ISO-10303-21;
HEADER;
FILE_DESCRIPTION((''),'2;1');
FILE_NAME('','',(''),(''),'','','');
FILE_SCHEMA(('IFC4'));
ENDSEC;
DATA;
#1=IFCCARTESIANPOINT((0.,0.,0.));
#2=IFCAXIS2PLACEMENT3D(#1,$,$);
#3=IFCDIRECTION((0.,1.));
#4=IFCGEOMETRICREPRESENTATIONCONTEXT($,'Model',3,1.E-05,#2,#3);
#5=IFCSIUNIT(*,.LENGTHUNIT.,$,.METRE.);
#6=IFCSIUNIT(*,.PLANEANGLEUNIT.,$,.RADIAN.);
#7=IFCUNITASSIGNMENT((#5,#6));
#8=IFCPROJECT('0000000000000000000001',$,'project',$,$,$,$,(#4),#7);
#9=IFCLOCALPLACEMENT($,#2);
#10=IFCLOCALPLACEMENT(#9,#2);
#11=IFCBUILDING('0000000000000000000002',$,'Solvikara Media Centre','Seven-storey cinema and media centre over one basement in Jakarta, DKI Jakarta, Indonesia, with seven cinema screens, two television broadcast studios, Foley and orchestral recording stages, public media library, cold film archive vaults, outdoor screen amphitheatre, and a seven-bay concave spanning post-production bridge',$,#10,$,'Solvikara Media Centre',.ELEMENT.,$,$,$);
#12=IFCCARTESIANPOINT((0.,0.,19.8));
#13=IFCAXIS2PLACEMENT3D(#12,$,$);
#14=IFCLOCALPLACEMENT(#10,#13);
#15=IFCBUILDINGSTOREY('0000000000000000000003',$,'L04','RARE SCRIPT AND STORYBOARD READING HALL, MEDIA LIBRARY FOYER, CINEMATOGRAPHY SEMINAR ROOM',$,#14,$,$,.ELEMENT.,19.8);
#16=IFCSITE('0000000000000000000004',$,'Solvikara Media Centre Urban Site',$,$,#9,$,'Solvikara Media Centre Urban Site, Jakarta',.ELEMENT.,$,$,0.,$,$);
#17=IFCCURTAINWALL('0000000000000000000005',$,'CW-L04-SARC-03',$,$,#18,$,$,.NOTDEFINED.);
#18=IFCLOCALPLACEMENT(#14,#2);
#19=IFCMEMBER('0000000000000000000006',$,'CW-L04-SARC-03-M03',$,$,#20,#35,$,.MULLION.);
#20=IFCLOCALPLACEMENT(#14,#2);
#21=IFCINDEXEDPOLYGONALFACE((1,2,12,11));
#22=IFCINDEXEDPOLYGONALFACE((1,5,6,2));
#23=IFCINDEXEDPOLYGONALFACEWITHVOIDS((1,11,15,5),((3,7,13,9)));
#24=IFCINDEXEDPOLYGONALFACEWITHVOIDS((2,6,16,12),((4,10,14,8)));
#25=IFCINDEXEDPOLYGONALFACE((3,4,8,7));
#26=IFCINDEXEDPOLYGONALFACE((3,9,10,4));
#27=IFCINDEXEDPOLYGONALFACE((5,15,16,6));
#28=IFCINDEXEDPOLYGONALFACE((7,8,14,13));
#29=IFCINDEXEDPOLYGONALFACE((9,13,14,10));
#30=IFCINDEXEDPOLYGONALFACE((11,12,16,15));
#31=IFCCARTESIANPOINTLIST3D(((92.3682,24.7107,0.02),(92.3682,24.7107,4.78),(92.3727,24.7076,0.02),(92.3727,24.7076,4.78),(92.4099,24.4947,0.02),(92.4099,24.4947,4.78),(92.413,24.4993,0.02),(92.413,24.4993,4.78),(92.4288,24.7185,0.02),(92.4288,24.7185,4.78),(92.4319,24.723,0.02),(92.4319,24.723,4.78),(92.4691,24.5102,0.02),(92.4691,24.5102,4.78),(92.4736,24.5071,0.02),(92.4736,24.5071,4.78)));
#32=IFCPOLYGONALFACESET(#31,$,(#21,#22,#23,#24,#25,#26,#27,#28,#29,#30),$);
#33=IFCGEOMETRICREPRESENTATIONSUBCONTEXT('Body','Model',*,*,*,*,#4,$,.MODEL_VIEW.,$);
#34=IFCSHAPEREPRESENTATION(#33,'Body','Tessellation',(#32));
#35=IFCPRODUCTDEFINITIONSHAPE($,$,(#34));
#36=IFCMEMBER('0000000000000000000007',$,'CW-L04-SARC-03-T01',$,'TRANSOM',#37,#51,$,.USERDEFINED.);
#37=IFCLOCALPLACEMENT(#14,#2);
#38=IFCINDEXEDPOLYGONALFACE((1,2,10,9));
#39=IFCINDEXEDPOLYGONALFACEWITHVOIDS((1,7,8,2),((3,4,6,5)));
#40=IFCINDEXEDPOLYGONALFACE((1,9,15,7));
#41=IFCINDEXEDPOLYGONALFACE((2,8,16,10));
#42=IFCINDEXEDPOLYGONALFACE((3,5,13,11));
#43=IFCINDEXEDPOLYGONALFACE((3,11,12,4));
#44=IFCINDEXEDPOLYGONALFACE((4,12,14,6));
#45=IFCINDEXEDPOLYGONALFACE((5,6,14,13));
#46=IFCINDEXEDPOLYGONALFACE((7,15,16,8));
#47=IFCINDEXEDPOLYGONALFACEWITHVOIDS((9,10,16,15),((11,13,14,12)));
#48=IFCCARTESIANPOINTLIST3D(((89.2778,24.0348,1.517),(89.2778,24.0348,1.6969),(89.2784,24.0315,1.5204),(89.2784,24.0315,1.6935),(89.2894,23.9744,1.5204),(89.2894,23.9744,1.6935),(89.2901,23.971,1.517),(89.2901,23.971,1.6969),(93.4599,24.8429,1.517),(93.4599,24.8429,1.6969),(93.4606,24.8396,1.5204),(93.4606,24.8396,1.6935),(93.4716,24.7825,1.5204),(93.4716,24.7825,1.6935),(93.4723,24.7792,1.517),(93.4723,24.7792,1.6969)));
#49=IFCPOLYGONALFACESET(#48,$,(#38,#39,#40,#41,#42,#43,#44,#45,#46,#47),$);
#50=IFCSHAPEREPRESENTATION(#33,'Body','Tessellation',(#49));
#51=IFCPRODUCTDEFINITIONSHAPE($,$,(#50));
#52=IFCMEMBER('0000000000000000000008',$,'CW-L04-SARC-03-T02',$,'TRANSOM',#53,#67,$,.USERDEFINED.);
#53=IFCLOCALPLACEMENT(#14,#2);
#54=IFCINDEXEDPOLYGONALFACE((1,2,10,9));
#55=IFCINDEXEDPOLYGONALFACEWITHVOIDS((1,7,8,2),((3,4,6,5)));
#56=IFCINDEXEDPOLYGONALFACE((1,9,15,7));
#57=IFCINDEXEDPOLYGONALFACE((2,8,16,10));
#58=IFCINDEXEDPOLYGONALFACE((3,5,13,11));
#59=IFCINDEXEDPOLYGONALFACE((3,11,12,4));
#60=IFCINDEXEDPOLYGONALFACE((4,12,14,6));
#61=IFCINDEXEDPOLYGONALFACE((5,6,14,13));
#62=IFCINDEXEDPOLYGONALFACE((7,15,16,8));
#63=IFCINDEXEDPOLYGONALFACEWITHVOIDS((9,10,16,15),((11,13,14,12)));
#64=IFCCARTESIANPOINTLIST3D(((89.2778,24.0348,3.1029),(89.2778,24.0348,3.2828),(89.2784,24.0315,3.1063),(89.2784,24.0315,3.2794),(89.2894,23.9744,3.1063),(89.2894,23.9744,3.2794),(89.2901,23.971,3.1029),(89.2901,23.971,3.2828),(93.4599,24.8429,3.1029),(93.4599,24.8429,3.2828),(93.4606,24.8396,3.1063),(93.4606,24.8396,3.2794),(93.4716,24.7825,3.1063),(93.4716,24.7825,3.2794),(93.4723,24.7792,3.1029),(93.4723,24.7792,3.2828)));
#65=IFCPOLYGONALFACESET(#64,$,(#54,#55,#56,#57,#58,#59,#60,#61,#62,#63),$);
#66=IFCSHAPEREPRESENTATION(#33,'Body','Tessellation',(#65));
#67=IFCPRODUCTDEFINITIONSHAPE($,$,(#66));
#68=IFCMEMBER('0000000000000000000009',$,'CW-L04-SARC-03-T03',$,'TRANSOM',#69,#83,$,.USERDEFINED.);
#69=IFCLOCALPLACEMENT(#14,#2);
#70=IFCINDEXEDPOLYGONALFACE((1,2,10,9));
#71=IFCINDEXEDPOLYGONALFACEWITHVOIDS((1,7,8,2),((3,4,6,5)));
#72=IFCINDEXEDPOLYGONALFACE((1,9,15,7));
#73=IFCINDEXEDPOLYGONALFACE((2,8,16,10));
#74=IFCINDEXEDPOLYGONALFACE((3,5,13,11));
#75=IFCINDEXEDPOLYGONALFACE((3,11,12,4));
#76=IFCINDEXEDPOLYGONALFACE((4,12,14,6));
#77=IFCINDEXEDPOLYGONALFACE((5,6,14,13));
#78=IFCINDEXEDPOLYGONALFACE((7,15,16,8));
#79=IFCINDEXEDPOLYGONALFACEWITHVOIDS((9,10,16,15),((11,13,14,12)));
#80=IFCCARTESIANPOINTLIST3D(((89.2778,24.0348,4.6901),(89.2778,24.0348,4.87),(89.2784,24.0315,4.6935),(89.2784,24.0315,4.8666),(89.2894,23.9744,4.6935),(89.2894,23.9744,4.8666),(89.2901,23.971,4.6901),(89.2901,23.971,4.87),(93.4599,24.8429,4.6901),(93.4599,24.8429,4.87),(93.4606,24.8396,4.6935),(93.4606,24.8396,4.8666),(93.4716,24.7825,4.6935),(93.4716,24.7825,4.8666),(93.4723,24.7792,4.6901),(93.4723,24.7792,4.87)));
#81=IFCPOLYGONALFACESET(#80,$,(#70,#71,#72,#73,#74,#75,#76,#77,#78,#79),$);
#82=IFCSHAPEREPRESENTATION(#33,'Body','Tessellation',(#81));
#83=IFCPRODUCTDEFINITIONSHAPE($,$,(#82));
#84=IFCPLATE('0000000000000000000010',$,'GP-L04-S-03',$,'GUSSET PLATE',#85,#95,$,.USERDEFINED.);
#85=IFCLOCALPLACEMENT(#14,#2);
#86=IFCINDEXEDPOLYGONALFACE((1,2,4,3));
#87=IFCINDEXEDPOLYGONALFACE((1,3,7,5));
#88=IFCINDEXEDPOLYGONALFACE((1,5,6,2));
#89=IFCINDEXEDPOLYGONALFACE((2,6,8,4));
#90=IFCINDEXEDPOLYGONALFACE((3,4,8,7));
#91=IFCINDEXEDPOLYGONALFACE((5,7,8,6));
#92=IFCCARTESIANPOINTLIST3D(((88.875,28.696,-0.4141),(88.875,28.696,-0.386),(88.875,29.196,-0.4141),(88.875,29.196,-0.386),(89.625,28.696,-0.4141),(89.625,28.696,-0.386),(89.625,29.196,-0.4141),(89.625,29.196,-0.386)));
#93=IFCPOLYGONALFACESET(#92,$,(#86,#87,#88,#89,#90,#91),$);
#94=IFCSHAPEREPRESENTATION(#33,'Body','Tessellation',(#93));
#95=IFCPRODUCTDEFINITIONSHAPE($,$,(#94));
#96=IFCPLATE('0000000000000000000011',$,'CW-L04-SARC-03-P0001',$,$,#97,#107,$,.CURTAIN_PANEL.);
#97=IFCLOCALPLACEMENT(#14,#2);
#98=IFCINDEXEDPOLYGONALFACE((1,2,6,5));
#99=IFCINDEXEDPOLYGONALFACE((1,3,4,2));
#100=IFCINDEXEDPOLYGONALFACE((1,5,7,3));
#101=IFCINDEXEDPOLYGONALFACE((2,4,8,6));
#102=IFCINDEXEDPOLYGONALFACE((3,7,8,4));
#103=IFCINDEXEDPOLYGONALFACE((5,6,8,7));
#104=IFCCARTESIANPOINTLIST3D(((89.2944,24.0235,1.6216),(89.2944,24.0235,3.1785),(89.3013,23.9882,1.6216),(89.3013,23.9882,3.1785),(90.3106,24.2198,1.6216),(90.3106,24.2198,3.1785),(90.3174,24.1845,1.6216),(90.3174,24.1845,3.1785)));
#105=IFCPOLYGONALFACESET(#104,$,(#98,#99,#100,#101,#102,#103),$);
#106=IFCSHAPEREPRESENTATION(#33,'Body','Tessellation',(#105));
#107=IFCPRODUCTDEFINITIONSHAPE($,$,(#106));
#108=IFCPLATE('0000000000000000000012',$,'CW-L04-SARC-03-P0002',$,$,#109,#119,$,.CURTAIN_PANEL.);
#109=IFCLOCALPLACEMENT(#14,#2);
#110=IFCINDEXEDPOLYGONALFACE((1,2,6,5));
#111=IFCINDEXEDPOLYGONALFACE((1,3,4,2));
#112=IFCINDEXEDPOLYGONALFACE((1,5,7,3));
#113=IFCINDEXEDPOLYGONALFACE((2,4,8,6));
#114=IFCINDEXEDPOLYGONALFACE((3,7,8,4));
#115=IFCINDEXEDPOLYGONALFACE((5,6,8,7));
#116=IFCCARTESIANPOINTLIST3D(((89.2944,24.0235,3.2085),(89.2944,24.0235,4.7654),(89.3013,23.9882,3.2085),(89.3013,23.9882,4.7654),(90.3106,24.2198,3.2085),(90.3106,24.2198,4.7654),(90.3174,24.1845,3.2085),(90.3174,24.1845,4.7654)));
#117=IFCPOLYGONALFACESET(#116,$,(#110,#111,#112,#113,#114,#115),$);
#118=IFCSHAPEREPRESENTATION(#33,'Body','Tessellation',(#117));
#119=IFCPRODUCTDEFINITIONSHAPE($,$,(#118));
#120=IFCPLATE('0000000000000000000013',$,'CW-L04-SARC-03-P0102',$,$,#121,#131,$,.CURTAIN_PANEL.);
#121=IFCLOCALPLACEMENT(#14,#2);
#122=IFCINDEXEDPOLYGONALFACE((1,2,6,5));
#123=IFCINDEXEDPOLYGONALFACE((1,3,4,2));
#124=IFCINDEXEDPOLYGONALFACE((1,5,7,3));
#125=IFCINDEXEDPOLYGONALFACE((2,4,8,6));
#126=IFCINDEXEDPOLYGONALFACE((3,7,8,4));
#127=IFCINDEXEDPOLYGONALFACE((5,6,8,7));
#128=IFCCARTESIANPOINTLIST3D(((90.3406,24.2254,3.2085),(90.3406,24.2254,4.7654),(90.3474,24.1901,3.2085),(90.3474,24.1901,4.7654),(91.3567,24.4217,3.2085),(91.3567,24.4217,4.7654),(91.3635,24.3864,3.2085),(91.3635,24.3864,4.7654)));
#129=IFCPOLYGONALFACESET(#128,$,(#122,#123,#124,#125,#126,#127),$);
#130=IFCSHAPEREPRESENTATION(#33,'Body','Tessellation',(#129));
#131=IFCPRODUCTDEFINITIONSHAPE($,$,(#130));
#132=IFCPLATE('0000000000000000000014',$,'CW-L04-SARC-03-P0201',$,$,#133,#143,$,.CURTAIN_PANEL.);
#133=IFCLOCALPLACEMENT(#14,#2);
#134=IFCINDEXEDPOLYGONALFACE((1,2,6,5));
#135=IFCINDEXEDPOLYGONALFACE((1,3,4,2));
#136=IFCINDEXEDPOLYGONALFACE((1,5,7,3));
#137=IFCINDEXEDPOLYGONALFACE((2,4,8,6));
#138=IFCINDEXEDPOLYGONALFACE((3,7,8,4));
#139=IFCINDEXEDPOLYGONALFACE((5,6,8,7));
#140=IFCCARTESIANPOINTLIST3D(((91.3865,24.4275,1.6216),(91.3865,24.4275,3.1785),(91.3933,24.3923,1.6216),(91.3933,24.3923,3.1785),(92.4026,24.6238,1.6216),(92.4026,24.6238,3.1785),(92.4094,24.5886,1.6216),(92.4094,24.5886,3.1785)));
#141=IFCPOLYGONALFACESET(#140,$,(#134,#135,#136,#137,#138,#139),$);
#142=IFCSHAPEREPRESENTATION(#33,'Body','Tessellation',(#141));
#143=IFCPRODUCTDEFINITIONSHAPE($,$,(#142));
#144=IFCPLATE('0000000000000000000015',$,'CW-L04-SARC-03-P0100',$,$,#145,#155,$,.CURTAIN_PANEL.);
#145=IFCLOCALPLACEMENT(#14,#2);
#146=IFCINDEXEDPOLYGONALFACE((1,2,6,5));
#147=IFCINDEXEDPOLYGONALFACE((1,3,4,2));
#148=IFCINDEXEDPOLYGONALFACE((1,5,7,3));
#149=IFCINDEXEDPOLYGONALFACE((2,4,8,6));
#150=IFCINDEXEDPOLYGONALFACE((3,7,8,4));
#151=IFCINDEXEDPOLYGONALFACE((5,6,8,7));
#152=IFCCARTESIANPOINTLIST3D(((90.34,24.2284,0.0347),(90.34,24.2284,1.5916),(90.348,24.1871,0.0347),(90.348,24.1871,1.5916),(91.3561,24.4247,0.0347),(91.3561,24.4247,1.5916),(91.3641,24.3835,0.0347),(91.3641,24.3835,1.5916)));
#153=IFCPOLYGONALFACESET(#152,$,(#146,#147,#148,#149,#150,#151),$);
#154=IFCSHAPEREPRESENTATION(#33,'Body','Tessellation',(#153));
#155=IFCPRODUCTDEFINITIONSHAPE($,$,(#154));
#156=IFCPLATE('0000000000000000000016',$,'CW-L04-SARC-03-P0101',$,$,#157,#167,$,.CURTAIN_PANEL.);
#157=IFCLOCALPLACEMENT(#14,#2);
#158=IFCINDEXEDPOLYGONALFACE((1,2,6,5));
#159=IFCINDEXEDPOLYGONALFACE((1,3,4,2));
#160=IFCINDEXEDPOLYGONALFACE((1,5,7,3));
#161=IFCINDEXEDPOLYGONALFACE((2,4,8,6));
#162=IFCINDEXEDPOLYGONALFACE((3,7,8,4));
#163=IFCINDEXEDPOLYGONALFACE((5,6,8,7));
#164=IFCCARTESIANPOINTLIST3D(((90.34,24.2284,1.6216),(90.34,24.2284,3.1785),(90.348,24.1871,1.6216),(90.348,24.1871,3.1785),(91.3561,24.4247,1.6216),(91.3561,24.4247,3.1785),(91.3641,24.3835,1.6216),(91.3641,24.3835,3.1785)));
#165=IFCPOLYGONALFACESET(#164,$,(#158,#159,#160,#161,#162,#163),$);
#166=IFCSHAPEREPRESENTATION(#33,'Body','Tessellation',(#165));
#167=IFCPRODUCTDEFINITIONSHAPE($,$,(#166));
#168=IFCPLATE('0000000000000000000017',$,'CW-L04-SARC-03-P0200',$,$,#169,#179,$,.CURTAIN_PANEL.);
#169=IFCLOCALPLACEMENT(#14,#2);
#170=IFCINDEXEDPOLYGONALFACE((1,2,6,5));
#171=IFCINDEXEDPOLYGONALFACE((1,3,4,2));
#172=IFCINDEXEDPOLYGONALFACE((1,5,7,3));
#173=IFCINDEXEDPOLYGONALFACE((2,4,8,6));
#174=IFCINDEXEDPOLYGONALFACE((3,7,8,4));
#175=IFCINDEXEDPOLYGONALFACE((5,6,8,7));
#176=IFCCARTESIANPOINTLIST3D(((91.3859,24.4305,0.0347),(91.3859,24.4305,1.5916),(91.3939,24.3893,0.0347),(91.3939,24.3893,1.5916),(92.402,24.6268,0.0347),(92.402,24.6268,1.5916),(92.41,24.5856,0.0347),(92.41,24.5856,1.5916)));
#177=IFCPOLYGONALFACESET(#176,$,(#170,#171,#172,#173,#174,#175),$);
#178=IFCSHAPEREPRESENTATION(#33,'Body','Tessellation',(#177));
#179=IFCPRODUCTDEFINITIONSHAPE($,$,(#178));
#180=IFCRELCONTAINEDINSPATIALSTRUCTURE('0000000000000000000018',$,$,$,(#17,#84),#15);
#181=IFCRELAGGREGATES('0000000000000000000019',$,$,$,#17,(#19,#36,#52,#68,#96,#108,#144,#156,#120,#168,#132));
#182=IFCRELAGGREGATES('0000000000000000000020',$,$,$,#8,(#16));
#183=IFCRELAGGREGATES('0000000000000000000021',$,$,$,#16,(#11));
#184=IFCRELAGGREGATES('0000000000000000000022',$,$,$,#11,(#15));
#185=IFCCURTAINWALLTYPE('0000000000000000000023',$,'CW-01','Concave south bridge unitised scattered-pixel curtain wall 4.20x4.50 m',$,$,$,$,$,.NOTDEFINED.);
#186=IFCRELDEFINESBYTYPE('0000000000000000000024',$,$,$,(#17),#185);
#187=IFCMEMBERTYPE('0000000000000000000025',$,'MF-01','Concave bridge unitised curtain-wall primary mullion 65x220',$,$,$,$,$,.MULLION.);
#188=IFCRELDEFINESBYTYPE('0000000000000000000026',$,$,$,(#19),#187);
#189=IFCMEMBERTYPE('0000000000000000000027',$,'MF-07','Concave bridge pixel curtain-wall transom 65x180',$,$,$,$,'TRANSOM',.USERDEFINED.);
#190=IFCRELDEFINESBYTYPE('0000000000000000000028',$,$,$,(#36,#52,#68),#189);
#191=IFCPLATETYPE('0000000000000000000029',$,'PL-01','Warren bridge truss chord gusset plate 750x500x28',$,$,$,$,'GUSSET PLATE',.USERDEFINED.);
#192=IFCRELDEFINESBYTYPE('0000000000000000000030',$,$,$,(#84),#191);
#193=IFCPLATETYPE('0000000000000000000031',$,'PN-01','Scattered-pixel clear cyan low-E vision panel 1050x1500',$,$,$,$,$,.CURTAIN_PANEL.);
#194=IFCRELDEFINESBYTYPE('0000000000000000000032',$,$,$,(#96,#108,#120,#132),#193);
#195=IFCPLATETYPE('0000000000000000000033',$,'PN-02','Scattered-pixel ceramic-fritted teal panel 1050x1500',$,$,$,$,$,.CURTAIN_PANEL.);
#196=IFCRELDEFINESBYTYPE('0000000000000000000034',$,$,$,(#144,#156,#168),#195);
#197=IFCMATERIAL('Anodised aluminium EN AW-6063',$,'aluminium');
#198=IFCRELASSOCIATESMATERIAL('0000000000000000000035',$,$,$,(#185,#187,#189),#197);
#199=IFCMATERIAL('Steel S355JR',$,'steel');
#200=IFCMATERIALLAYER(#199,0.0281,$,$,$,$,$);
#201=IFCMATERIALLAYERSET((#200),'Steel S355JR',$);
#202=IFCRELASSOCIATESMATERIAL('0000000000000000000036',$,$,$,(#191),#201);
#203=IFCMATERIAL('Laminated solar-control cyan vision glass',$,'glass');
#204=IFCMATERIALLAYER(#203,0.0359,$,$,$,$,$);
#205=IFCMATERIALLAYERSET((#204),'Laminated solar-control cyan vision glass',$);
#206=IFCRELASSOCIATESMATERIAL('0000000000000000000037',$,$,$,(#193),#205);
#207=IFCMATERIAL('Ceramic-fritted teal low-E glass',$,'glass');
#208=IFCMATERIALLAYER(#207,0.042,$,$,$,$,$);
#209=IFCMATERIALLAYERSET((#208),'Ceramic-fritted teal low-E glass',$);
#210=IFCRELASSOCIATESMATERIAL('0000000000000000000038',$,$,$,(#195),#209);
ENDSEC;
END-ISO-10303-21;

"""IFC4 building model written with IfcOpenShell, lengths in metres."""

from ifc_helpers import new_model, si_unit, direction, frame, origin, origin_2d, place, context, subcontext, project, spatial, rectangle, hollow_rectangle, extrude, material, layer, layer_set, material_profile, profile_set, type_object, element, aggregate, save


model = new_model("IFC4")

# Units and contexts
model_context = context("Model", 3, precision=1e-05, world=origin(), true_north=direction((0.0, 1.0)))
body_context = subcontext(model_context, "Body", "Model", "MODEL_VIEW")
ifc_project = project(units=[si_unit("LENGTHUNIT", "METRE"), si_unit("PLANEANGLEUNIT", "RADIAN")], contexts=[model_context])

# Site, building, storey
site_placement = place(None, origin())
site = spatial("IfcSite", under=ifc_project, at=site_placement, Name="Solvikara Media Centre Urban Site", LongName="Solvikara Media Centre Urban Site, Jakarta", CompositionType="ELEMENT", RefElevation=0.0)
building_placement = place(site_placement, origin())
building = spatial("IfcBuilding", under=site, at=building_placement, Name="Solvikara Media Centre", Description="Seven-storey cinema and media centre over one basement in Jakarta, DKI Jakarta, Indonesia, with seven cinema screens, two television broadcast studios, Foley and orchestral recording stages, public media library, cold film archive vaults, outdoor screen amphitheatre, and a seven-bay concave spanning post-production bridge", LongName="Solvikara Media Centre", CompositionType="ELEMENT")
storey_placement = place(building_placement, frame((0.0, 0.0, 19.8)))
storey = spatial("IfcBuildingStorey", under=building, at=storey_placement, Name="L04", Description="RARE SCRIPT AND STORYBOARD READING HALL, MEDIA LIBRARY FOYER, CINEMATOGRAPHY SEMINAR ROOM", CompositionType="ELEMENT", Elevation=19.8)

# Shared definitions
ifc_material_1 = material(Name="Steel S355JR", Category="steel")

# Curtain wall, members
ifc_material_2 = material(Name="Anodised aluminium EN AW-6063", Category="aluminium")
curtain_wall_type = type_object("IfcCurtainWallType", Name="CW-01", Description="Concave south bridge unitised scattered-pixel curtain wall 4.20x4.50 m", PredefinedType="NOTDEFINED", material=ifc_material_2)
curtain_wall_placement = place(storey_placement, origin())
curtain_wall = element("IfcCurtainWall", 1, at=curtain_wall_placement, inside=storey, type_object=curtain_wall_type, Name="CW-L04-SARC-03", PredefinedType="NOTDEFINED")
ifc_material_profile_1 = material_profile(ifc_material_2, hollow_rectangle(XDim=0.0649, YDim=0.22, WallThickness=0.0039, at=origin_2d()), Name="ALU-M 65x220x4")
ifc_profile_set_1 = profile_set([ifc_material_profile_1], Name="Anodised aluminium EN AW-6063")
member_type_1 = type_object("IfcMemberType", Name="MF-01", Description="Concave bridge unitised curtain-wall primary mullion 65x220", PredefinedType="MULLION", material=ifc_profile_set_1)
member_1_placement = place(storey_placement, frame((92.4209, 24.6089, 0.02), z_axis=(0.0, 0.0, 1.0), x_axis=(0.981843, 0.189695, 0.0)))
member_1 = element("IfcMember", 2, at=member_1_placement, type_object=member_type_1, Name="CW-L04-SARC-03-M03", PredefinedType="MULLION", context=body_context, shape_type="SweptSolid", body=[
    extrude(hollow_rectangle(XDim=0.0649, YDim=0.22, WallThickness=0.0039, at=origin_2d()), origin(), (0.0, 0.0, 1.0), 4.76),
])
ifc_material_profile_2 = material_profile(ifc_material_2, hollow_rectangle(XDim=0.0649, YDim=0.1799, WallThickness=0.0034, at=origin_2d()), Name="ALU-T 65x180x3.5")
ifc_profile_set_2 = profile_set([ifc_material_profile_2], Name="Anodised aluminium EN AW-6063")
member_type_2 = type_object("IfcMemberType", Name="MF-07", Description="Concave bridge pixel curtain-wall transom 65x180", ElementType="TRANSOM", PredefinedType="USERDEFINED", material=ifc_profile_set_2)
member_2_placement = place(storey_placement, frame((89.2839, 24.0029, 1.6069), z_axis=(0.981838, 0.189719, 0.0), x_axis=(-0.189719, 0.981838, 0.0)))
member_2 = element("IfcMember", 3, at=member_2_placement, type_object=member_type_2, Name="CW-L04-SARC-03-T01", ObjectType="TRANSOM", PredefinedType="USERDEFINED", context=body_context, shape_type="SweptSolid", body=[
    extrude(hollow_rectangle(XDim=0.0649, YDim=0.1799, WallThickness=0.0034, at=origin_2d()), origin(), (0.0, 0.0, 1.0), 4.2595),
])
member_3_placement = place(storey_placement, frame((89.2839, 24.0029, 3.1929), z_axis=(0.981838, 0.189719, 0.0), x_axis=(-0.189719, 0.981838, 0.0)))
member_3 = element("IfcMember", 4, at=member_3_placement, type_object=member_type_2, Name="CW-L04-SARC-03-T02", ObjectType="TRANSOM", PredefinedType="USERDEFINED", context=body_context, shape_type="SweptSolid", body=[
    extrude(hollow_rectangle(XDim=0.0649, YDim=0.1799, WallThickness=0.0034, at=origin_2d()), origin(), (0.0, 0.0, 1.0), 4.2595),
])
member_4_placement = place(storey_placement, frame((89.2839, 24.0029, 4.78), z_axis=(0.981838, 0.189719, 0.0), x_axis=(-0.189719, 0.981838, 0.0)))
member_4 = element("IfcMember", 5, at=member_4_placement, type_object=member_type_2, Name="CW-L04-SARC-03-T03", ObjectType="TRANSOM", PredefinedType="USERDEFINED", context=body_context, shape_type="SweptSolid", body=[
    extrude(hollow_rectangle(XDim=0.0649, YDim=0.1799, WallThickness=0.0034, at=origin_2d()), origin(), (0.0, 0.0, 1.0), 4.2595),
])

# Plates
ifc_layer_1 = layer(ifc_material_1, 0.0281)
ifc_layer_set_1 = layer_set([ifc_layer_1], Name="Steel S355JR")
plate_type_1 = type_object("IfcPlateType", Name="PL-01", Description="Warren bridge truss chord gusset plate 750x500x28", ElementType="GUSSET PLATE", PredefinedType="USERDEFINED", material=ifc_layer_set_1)
plate_1_placement = place(storey_placement, frame((89.25, 28.946, -0.4141), z_axis=(0.0, 0.0, 1.0), x_axis=(1.0, 0.0, 0.0)))
element("IfcPlate", 6, at=plate_1_placement, inside=storey, type_object=plate_type_1, Name="GP-L04-S-03", ObjectType="GUSSET PLATE", PredefinedType="USERDEFINED", context=body_context, shape_type="SweptSolid", body=[
    extrude(rectangle(XDim=0.75, YDim=0.5, at=origin_2d()), origin(), (0.0, 0.0, 1.0), 0.0281),
])
ifc_material_3 = material(Name="Laminated solar-control cyan vision glass", Category="glass")
ifc_layer_2 = layer(ifc_material_3, 0.0359)
ifc_layer_set_2 = layer_set([ifc_layer_2], Name="Laminated solar-control cyan vision glass")
plate_type_2 = type_object("IfcPlateType", Name="PN-01", Description="Scattered-pixel clear cyan low-E vision panel 1050x1500", PredefinedType="CURTAIN_PANEL", material=ifc_layer_set_2)
plate_2_placement = place(storey_placement, frame((89.8059, 24.104, 1.6216), z_axis=(0.0, 0.0, 1.0), x_axis=(0.981843, 0.189695, 0.0)))
plate_2 = element("IfcPlate", 7, at=plate_2_placement, type_object=plate_type_2, Name="CW-L04-SARC-03-P0001", PredefinedType="CURTAIN_PANEL", context=body_context, shape_type="SweptSolid", body=[
    extrude(rectangle(XDim=1.0349, YDim=0.0359, at=origin_2d()), origin(), (0.0, 0.0, 1.0), 1.5569),
])
plate_3_placement = place(storey_placement, frame((89.8059, 24.104, 3.2085), z_axis=(0.0, 0.0, 1.0), x_axis=(0.981843, 0.189695, 0.0)))
plate_3 = element("IfcPlate", 8, at=plate_3_placement, type_object=plate_type_2, Name="CW-L04-SARC-03-P0002", PredefinedType="CURTAIN_PANEL", context=body_context, shape_type="SweptSolid", body=[
    extrude(rectangle(XDim=1.0349, YDim=0.0359, at=origin_2d()), origin(), (0.0, 0.0, 1.0), 1.5569),
])
plate_4_placement = place(storey_placement, frame((90.8521, 24.3059, 3.2085), z_axis=(0.0, 0.0, 1.0), x_axis=(0.981843, 0.189695, 0.0)))
plate_4 = element("IfcPlate", 9, at=plate_4_placement, type_object=plate_type_2, Name="CW-L04-SARC-03-P0102", PredefinedType="CURTAIN_PANEL", context=body_context, shape_type="SweptSolid", body=[
    extrude(rectangle(XDim=1.0349, YDim=0.0359, at=origin_2d()), origin(), (0.0, 0.0, 1.0), 1.5569),
])
plate_5_placement = place(storey_placement, frame((91.8979, 24.5081, 1.6216), z_axis=(0.0, 0.0, 1.0), x_axis=(0.981843, 0.189695, 0.0)))
plate_5 = element("IfcPlate", 10, at=plate_5_placement, type_object=plate_type_2, Name="CW-L04-SARC-03-P0201", PredefinedType="CURTAIN_PANEL", context=body_context, shape_type="SweptSolid", body=[
    extrude(rectangle(XDim=1.0349, YDim=0.0359, at=origin_2d()), origin(), (0.0, 0.0, 1.0), 1.5569),
])
ifc_material_4 = material(Name="Ceramic-fritted teal low-E glass", Category="glass")
ifc_layer_3 = layer(ifc_material_4, 0.042)
ifc_layer_set_3 = layer_set([ifc_layer_3], Name="Ceramic-fritted teal low-E glass")
plate_type_3 = type_object("IfcPlateType", Name="PN-02", Description="Scattered-pixel ceramic-fritted teal panel 1050x1500", PredefinedType="CURTAIN_PANEL", material=ifc_layer_set_3)
plate_6_placement = place(storey_placement, frame((90.8521, 24.3059, 0.0347), z_axis=(0.0, 0.0, 1.0), x_axis=(0.981843, 0.189695, 0.0)))
plate_6 = element("IfcPlate", 11, at=plate_6_placement, type_object=plate_type_3, Name="CW-L04-SARC-03-P0100", PredefinedType="CURTAIN_PANEL", context=body_context, shape_type="SweptSolid", body=[
    extrude(rectangle(XDim=1.0349, YDim=0.042, at=origin_2d()), origin(), (0.0, 0.0, 1.0), 1.5569),
])
plate_7_placement = place(storey_placement, frame((90.8521, 24.3059, 1.6216), z_axis=(0.0, 0.0, 1.0), x_axis=(0.981843, 0.189695, 0.0)))
plate_7 = element("IfcPlate", 12, at=plate_7_placement, type_object=plate_type_3, Name="CW-L04-SARC-03-P0101", PredefinedType="CURTAIN_PANEL", context=body_context, shape_type="SweptSolid", body=[
    extrude(rectangle(XDim=1.0349, YDim=0.042, at=origin_2d()), origin(), (0.0, 0.0, 1.0), 1.5569),
])
plate_8_placement = place(storey_placement, frame((91.8979, 24.5081, 0.0347), z_axis=(0.0, 0.0, 1.0), x_axis=(0.981843, 0.189695, 0.0)))
plate_8 = element("IfcPlate", 13, at=plate_8_placement, type_object=plate_type_3, Name="CW-L04-SARC-03-P0200", PredefinedType="CURTAIN_PANEL", context=body_context, shape_type="SweptSolid", body=[
    extrude(rectangle(XDim=1.0349, YDim=0.042, at=origin_2d()), origin(), (0.0, 0.0, 1.0), 1.5569),
])
aggregate(curtain_wall, [member_1, member_2, member_3, member_4, plate_2, plate_3, plate_6, plate_7, plate_4, plate_8, plate_5])

save(model, "model.ifc")
